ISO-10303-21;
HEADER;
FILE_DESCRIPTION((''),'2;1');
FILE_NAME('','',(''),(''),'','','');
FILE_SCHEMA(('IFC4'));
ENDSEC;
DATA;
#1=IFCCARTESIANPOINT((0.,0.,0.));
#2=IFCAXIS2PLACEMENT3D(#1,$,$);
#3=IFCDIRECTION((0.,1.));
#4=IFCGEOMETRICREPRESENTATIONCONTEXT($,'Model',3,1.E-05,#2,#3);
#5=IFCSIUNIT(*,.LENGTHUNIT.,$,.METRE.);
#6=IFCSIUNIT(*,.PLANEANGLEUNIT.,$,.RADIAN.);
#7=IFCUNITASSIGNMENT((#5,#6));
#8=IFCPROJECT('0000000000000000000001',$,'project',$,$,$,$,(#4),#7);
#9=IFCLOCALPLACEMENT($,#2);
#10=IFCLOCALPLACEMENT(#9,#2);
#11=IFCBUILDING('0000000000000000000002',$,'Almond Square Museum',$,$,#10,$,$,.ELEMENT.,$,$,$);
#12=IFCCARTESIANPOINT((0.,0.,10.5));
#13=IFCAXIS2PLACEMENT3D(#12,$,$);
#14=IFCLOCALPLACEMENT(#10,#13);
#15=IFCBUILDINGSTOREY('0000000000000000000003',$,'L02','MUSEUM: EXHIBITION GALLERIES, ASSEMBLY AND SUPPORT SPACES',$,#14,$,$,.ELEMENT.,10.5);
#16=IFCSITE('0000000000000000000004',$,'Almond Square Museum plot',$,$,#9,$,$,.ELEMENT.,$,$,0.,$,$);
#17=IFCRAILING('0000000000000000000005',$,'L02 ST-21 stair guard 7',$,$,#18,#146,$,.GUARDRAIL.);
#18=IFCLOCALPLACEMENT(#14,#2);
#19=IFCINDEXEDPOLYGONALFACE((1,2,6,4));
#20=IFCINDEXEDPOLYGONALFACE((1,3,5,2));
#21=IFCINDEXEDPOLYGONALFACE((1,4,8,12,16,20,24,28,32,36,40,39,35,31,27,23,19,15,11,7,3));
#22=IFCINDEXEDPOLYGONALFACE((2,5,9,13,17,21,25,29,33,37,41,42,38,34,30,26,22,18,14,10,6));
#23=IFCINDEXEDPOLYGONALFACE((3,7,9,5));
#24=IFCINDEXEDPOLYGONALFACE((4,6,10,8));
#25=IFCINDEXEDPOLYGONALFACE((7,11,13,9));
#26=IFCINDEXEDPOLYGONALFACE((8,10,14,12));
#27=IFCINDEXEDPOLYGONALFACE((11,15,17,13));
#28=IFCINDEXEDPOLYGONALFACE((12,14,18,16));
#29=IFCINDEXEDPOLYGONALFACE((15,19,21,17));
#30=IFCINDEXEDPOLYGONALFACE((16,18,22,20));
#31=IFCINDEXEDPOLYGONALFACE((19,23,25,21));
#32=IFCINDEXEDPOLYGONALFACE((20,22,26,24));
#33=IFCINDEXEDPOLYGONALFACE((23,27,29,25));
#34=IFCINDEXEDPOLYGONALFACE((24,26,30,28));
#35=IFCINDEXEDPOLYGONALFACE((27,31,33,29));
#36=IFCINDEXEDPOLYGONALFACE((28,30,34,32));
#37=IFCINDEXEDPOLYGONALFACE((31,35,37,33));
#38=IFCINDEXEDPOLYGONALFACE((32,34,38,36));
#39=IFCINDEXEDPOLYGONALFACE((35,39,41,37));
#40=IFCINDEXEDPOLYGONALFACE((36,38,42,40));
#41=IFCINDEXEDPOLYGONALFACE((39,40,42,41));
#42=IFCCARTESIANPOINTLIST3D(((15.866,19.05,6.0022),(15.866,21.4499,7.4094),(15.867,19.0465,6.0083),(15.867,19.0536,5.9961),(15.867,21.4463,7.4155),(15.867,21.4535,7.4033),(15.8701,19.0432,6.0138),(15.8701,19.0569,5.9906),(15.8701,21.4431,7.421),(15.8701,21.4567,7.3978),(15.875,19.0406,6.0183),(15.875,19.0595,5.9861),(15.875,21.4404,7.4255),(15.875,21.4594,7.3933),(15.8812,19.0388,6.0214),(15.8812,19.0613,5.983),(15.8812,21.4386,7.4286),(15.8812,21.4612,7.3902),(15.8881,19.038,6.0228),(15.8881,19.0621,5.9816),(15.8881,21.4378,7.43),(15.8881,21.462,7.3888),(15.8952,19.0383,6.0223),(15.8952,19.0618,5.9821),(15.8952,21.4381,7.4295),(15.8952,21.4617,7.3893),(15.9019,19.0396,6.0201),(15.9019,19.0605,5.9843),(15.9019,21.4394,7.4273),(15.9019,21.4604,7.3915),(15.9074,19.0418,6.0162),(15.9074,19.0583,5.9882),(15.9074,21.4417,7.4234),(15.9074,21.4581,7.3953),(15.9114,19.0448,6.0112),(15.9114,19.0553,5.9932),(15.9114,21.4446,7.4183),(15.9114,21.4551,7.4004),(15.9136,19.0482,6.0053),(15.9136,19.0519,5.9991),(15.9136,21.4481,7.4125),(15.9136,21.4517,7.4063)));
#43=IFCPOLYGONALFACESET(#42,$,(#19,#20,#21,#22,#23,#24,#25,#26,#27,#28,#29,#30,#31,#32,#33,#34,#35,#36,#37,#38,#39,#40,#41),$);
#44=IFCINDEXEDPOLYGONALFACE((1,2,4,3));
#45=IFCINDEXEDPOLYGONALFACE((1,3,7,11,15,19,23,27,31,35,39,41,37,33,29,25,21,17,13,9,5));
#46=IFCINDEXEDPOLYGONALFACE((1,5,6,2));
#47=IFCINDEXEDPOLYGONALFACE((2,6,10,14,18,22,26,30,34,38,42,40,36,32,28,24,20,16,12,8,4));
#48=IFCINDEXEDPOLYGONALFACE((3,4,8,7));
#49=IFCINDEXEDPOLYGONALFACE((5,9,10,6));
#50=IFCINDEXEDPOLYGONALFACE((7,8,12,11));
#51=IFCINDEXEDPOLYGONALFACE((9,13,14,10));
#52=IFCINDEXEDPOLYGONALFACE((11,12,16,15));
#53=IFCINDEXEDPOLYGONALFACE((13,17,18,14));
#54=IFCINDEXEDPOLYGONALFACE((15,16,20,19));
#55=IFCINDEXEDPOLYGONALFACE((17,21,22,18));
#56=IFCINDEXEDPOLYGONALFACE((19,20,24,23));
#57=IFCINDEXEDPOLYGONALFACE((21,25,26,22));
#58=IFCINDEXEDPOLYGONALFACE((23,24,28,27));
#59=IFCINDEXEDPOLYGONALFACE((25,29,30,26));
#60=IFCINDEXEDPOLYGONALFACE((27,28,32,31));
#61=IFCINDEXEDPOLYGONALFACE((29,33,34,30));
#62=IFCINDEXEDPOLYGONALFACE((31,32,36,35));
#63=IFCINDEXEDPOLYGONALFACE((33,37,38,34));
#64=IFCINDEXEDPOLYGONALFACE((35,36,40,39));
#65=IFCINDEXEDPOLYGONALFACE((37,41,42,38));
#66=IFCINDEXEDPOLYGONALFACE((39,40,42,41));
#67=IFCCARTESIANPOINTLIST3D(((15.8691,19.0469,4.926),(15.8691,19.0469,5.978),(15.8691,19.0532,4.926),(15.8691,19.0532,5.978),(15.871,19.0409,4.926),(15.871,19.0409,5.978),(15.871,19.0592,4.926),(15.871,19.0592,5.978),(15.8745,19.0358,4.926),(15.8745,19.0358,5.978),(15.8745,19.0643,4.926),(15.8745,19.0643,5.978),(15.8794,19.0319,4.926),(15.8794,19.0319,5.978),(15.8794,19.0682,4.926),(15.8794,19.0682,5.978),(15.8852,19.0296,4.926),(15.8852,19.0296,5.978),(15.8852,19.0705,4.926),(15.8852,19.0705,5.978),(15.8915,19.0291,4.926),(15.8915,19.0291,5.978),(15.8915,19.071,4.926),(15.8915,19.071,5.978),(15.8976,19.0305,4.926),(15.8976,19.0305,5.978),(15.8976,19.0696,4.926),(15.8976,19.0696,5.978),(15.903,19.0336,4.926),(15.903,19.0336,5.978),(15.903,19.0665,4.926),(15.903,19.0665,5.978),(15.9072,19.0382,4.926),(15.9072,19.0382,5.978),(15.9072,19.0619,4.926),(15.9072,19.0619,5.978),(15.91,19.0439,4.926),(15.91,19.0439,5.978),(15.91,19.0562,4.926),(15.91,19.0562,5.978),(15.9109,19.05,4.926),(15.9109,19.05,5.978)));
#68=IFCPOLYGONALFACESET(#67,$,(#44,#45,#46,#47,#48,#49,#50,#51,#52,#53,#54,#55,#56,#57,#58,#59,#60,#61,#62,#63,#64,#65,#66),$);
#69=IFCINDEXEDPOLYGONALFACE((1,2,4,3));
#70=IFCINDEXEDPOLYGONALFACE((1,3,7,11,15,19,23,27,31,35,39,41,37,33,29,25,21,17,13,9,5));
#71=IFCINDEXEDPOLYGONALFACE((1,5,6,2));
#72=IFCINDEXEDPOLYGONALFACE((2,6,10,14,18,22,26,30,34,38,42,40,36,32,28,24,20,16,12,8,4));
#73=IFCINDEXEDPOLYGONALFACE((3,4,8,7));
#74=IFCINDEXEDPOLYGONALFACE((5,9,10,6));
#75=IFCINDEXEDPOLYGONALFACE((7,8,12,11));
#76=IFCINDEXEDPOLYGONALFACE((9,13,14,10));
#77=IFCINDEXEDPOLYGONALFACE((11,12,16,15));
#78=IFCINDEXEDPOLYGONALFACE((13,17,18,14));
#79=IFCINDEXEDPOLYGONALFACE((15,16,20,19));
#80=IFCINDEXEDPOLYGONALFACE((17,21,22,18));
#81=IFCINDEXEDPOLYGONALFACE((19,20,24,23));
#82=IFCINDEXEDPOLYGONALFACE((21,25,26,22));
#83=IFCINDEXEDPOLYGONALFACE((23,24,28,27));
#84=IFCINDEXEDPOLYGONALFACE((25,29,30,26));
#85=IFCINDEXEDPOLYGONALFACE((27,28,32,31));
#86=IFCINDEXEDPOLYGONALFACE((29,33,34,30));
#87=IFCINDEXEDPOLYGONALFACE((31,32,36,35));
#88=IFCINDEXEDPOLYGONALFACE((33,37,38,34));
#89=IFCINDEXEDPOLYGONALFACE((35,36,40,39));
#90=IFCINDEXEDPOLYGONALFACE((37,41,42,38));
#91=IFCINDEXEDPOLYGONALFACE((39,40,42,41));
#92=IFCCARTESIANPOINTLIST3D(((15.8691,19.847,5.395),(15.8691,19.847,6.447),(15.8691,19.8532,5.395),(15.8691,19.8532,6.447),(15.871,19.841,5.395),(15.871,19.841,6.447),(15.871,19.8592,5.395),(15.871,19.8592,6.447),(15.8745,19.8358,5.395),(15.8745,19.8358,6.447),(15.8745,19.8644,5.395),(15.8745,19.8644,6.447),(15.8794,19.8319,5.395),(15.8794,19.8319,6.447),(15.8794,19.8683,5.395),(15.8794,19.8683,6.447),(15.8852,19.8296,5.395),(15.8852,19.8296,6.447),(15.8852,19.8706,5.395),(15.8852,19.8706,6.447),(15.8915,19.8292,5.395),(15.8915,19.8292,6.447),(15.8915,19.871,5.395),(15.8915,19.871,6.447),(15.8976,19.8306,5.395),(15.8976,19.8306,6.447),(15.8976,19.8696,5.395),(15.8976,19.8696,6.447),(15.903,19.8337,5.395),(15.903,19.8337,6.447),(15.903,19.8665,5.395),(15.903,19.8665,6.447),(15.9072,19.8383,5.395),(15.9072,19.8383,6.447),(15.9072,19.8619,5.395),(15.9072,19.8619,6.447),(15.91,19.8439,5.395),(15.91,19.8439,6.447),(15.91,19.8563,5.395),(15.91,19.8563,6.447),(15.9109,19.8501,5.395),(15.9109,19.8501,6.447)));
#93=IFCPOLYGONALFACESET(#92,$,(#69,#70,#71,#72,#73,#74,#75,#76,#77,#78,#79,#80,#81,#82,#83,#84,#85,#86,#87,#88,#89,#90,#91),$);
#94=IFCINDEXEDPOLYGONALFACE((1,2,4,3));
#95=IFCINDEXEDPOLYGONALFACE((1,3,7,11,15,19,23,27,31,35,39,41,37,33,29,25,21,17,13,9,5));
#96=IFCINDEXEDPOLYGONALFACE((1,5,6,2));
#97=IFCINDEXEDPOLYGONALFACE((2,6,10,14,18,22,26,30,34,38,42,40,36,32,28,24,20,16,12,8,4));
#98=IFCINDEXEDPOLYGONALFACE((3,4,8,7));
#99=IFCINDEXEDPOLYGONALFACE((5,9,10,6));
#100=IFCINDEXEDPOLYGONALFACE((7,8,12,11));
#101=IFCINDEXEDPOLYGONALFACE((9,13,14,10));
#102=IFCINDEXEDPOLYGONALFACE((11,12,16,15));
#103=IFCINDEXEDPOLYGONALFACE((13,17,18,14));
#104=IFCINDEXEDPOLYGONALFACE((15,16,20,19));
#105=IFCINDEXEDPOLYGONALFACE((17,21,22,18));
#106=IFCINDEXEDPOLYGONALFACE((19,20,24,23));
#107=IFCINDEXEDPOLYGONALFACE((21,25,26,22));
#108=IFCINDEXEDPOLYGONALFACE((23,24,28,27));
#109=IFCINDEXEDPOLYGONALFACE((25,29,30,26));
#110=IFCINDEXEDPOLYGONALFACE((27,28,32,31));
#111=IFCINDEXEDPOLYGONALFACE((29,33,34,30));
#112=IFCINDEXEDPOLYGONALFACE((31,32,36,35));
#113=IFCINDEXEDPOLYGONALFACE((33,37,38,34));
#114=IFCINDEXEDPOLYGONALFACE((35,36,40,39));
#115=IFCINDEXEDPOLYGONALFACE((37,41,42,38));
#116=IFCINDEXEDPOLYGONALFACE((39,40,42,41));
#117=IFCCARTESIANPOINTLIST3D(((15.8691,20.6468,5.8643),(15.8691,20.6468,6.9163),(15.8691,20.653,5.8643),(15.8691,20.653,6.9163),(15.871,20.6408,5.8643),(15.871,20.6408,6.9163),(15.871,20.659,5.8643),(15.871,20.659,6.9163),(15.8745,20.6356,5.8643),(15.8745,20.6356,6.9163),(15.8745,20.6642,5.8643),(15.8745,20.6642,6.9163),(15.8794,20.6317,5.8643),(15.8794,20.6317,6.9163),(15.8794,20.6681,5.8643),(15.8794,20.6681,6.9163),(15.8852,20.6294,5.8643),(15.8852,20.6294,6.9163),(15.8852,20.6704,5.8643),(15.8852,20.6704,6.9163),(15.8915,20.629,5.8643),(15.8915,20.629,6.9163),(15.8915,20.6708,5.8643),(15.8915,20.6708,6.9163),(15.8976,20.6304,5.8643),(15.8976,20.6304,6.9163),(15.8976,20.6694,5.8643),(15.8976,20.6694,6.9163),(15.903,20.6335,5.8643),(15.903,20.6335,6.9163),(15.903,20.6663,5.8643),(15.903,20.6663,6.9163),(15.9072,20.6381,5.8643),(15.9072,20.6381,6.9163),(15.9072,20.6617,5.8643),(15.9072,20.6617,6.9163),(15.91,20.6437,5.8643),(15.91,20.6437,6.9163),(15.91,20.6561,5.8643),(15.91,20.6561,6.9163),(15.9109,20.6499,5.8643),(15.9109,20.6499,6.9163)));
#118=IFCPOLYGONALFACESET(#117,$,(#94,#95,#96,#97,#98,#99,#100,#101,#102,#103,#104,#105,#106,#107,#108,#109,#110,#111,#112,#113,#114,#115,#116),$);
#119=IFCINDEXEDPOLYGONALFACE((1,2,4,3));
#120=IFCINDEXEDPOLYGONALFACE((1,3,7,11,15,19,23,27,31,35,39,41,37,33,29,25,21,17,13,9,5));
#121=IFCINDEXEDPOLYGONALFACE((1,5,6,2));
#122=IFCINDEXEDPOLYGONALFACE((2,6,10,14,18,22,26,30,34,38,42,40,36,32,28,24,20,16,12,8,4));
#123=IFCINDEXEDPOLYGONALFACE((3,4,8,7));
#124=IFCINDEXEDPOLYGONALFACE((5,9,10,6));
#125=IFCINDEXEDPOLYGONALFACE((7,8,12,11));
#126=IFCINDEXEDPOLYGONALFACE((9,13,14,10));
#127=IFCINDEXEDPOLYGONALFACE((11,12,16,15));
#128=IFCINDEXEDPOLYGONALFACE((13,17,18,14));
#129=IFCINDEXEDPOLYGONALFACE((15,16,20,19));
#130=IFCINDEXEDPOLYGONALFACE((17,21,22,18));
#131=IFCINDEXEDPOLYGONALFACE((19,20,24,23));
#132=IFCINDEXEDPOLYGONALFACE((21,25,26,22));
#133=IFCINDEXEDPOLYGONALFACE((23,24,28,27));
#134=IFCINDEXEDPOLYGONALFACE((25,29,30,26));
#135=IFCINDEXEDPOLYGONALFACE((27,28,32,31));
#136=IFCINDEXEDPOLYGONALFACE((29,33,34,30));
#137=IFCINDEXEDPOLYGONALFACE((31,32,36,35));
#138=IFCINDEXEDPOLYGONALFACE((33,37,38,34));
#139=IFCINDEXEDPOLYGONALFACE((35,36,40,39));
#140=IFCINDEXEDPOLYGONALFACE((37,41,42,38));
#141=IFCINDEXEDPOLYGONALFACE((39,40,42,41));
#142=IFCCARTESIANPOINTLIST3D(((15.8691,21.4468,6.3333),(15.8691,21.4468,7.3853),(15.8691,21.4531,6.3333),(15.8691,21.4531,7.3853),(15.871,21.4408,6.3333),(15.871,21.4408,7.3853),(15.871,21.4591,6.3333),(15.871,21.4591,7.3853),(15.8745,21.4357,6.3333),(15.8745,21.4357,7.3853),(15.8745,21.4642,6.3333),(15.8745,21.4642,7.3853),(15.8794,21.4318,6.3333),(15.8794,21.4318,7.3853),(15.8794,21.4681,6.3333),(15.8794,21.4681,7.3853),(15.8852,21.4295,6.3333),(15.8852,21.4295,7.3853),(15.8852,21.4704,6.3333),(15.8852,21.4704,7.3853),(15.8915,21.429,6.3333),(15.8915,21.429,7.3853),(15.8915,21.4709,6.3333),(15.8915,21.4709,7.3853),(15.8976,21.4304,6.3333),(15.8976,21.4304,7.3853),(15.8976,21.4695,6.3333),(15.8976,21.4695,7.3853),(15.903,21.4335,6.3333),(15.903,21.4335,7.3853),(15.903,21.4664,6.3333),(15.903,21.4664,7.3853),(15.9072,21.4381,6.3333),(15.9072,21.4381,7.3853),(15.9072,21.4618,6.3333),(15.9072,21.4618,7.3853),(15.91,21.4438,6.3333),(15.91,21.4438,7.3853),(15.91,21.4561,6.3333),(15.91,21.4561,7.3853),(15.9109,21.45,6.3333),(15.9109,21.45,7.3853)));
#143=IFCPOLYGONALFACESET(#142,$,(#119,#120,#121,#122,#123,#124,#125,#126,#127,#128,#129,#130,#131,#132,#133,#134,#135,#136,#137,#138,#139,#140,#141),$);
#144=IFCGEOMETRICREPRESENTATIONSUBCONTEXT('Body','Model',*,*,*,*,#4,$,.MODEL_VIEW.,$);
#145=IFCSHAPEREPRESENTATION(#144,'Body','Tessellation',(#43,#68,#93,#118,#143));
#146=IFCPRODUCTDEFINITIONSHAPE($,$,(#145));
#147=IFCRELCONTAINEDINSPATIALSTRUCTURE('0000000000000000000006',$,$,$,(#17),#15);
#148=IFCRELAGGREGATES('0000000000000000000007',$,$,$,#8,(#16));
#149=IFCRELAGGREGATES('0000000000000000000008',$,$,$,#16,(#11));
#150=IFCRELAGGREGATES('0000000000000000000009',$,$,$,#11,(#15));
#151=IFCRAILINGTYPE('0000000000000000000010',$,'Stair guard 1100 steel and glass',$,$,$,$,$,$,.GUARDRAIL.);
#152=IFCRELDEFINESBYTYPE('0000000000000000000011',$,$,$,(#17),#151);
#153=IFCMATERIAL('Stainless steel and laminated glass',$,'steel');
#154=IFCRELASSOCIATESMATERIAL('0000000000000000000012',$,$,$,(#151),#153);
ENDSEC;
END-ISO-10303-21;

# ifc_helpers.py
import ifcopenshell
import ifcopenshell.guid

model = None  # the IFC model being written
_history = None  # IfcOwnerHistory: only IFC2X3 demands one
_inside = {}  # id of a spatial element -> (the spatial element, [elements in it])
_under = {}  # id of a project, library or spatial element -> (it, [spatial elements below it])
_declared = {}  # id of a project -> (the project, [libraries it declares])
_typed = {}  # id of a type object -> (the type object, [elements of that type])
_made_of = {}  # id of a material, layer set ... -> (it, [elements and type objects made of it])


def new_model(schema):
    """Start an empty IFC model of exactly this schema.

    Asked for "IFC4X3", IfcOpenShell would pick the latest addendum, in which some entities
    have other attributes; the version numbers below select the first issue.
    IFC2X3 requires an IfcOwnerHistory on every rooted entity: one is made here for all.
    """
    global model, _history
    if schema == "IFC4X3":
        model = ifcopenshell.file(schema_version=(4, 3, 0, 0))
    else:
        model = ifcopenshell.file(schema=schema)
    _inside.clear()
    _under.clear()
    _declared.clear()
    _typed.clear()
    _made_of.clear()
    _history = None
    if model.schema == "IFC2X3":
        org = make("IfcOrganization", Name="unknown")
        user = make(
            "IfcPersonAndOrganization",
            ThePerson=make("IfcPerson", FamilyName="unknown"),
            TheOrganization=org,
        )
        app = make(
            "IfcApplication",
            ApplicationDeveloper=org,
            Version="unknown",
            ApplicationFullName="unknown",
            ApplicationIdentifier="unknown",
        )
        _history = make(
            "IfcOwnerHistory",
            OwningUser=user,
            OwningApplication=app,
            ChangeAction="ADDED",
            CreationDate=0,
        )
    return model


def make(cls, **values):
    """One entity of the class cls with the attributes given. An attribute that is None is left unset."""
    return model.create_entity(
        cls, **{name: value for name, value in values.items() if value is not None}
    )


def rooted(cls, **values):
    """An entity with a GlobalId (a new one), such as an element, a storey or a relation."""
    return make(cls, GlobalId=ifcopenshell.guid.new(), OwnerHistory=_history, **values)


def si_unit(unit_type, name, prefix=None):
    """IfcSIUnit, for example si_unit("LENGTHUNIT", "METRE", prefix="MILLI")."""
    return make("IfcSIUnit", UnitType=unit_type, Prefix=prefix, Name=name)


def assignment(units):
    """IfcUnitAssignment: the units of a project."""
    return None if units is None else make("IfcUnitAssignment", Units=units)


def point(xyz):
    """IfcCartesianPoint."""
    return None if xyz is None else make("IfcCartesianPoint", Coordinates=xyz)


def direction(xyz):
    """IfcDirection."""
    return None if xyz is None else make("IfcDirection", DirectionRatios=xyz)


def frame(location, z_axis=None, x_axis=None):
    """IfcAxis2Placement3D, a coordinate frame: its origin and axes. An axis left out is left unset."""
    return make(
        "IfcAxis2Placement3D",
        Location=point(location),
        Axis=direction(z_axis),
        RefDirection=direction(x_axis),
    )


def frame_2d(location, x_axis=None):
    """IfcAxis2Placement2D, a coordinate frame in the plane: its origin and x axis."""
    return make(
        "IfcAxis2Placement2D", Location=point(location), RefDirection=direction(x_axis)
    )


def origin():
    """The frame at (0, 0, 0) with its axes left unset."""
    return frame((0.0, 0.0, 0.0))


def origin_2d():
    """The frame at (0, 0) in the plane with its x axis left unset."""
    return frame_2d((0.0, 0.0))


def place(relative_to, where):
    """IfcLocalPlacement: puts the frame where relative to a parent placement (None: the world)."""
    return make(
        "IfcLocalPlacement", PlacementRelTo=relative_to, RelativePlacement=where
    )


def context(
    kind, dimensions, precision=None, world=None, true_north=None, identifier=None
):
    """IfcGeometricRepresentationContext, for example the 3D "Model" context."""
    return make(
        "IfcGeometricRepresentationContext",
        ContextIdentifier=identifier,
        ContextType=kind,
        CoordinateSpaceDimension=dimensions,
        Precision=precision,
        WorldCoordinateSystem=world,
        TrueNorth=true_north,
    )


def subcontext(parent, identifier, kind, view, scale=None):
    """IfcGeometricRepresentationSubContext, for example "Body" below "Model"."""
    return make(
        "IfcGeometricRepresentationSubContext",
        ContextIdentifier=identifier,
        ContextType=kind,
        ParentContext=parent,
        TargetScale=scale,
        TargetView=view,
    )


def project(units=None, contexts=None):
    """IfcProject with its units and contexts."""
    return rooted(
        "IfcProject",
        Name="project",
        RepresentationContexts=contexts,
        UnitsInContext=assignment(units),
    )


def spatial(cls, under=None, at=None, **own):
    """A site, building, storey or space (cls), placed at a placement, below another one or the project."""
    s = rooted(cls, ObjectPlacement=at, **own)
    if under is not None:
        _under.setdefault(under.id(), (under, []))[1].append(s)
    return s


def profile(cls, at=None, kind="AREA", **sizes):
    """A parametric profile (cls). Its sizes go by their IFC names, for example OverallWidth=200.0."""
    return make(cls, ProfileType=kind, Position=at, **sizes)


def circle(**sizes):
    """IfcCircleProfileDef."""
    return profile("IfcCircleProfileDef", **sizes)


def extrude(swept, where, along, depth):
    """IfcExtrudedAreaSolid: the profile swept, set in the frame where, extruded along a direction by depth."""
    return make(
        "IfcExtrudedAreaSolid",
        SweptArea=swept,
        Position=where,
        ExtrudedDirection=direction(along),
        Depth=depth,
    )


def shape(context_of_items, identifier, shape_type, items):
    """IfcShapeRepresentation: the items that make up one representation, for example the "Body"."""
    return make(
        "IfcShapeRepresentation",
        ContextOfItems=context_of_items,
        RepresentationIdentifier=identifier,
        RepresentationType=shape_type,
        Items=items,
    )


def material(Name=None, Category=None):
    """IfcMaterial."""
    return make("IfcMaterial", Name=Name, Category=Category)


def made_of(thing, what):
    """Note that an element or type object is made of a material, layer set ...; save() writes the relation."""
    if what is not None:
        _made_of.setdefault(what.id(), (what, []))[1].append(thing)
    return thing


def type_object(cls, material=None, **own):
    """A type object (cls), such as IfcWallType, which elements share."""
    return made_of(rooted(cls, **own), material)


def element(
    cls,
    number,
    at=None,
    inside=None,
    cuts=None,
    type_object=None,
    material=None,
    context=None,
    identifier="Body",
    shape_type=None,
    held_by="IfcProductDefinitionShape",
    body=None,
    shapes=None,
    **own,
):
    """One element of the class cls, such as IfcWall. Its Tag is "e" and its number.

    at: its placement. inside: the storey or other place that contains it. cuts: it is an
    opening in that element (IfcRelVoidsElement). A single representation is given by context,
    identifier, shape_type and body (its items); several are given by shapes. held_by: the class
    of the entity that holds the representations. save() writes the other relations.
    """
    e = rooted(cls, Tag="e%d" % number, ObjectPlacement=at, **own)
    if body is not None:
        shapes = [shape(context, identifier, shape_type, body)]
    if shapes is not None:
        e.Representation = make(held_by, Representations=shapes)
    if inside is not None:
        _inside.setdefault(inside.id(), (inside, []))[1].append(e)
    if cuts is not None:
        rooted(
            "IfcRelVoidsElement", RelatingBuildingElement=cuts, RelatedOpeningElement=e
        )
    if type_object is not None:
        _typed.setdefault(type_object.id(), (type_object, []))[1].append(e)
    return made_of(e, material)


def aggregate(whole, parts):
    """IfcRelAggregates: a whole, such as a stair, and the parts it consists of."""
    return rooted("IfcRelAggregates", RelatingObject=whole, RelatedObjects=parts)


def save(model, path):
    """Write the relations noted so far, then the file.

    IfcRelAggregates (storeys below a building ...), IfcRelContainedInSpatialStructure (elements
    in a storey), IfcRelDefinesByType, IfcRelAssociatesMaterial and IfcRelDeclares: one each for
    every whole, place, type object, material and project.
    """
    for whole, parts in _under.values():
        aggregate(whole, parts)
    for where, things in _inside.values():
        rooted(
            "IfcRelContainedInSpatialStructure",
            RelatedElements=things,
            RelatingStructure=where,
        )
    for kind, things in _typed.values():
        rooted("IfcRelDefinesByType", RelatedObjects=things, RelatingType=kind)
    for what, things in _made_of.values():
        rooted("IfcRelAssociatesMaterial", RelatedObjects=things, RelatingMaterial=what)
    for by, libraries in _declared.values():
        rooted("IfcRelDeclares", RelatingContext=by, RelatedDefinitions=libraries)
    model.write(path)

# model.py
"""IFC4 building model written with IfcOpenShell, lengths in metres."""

from ifc_helpers import new_model, si_unit, direction, frame, origin, origin_2d, place, context, subcontext, project, spatial, circle, extrude, material, type_object, element, save


model = new_model("IFC4")

# Units and contexts
model_context = context("Model", 3, precision=1e-05, world=origin(), true_north=direction((0.0, 1.0)))
body_context = subcontext(model_context, "Body", "Model", "MODEL_VIEW")
ifc_project = project(units=[si_unit("LENGTHUNIT", "METRE"), si_unit("PLANEANGLEUNIT", "RADIAN")], contexts=[model_context])

# Site, building, storey
site_placement = place(None, origin())
site = spatial("IfcSite", under=ifc_project, at=site_placement, Name="Almond Square Museum plot", CompositionType="ELEMENT", RefElevation=0.0)
building_placement = place(site_placement, origin())
building = spatial("IfcBuilding", under=site, at=building_placement, Name="Almond Square Museum", CompositionType="ELEMENT")
storey_placement = place(building_placement, frame((0.0, 0.0, 10.5)))
storey = spatial("IfcBuildingStorey", under=building, at=storey_placement, Name="L02", Description="MUSEUM: EXHIBITION GALLERIES, ASSEMBLY AND SUPPORT SPACES", CompositionType="ELEMENT", Elevation=10.5)

# Railing
ifc_material_1 = material(Name="Stainless steel and laminated glass", Category="steel")
railing_type_1 = type_object("IfcRailingType", Name="Stair guard 1100 steel and glass", PredefinedType="GUARDRAIL", material=ifc_material_1)
railing_1_placement = place(storey_placement, frame((15.8899, 19.05, 4.926)))
element("IfcRailing", 1, at=railing_1_placement, inside=storey, type_object=railing_type_1, Name="L02 ST-21 stair guard 7", PredefinedType="GUARDRAIL", context=body_context, shape_type="SweptSolid", body=[
    extrude(circle(Radius=0.0239, at=origin_2d()), frame((0.0, 0.0, 1.0762), z_axis=(0.0, 0.862637, 0.505823), x_axis=(-1.0, 0.0, 0.0)), (0.0, 0.0, 1.0), 2.782),
    extrude(circle(Radius=0.021, at=origin_2d()), origin(), (0.0, 0.0, 1.0), 1.052),
    extrude(circle(Radius=0.021, at=origin_2d()), frame((0.0, 0.8, 0.469)), (0.0, 0.0, 1.0), 1.052),
    extrude(circle(Radius=0.021, at=origin_2d()), frame((0.0, 1.5999, 0.9382)), (0.0, 0.0, 1.0), 1.052),
    extrude(circle(Radius=0.021, at=origin_2d()), frame((0.0, 2.3999, 1.4072)), (0.0, 0.0, 1.0), 1.052),
])

save(model, "model.ifc")
